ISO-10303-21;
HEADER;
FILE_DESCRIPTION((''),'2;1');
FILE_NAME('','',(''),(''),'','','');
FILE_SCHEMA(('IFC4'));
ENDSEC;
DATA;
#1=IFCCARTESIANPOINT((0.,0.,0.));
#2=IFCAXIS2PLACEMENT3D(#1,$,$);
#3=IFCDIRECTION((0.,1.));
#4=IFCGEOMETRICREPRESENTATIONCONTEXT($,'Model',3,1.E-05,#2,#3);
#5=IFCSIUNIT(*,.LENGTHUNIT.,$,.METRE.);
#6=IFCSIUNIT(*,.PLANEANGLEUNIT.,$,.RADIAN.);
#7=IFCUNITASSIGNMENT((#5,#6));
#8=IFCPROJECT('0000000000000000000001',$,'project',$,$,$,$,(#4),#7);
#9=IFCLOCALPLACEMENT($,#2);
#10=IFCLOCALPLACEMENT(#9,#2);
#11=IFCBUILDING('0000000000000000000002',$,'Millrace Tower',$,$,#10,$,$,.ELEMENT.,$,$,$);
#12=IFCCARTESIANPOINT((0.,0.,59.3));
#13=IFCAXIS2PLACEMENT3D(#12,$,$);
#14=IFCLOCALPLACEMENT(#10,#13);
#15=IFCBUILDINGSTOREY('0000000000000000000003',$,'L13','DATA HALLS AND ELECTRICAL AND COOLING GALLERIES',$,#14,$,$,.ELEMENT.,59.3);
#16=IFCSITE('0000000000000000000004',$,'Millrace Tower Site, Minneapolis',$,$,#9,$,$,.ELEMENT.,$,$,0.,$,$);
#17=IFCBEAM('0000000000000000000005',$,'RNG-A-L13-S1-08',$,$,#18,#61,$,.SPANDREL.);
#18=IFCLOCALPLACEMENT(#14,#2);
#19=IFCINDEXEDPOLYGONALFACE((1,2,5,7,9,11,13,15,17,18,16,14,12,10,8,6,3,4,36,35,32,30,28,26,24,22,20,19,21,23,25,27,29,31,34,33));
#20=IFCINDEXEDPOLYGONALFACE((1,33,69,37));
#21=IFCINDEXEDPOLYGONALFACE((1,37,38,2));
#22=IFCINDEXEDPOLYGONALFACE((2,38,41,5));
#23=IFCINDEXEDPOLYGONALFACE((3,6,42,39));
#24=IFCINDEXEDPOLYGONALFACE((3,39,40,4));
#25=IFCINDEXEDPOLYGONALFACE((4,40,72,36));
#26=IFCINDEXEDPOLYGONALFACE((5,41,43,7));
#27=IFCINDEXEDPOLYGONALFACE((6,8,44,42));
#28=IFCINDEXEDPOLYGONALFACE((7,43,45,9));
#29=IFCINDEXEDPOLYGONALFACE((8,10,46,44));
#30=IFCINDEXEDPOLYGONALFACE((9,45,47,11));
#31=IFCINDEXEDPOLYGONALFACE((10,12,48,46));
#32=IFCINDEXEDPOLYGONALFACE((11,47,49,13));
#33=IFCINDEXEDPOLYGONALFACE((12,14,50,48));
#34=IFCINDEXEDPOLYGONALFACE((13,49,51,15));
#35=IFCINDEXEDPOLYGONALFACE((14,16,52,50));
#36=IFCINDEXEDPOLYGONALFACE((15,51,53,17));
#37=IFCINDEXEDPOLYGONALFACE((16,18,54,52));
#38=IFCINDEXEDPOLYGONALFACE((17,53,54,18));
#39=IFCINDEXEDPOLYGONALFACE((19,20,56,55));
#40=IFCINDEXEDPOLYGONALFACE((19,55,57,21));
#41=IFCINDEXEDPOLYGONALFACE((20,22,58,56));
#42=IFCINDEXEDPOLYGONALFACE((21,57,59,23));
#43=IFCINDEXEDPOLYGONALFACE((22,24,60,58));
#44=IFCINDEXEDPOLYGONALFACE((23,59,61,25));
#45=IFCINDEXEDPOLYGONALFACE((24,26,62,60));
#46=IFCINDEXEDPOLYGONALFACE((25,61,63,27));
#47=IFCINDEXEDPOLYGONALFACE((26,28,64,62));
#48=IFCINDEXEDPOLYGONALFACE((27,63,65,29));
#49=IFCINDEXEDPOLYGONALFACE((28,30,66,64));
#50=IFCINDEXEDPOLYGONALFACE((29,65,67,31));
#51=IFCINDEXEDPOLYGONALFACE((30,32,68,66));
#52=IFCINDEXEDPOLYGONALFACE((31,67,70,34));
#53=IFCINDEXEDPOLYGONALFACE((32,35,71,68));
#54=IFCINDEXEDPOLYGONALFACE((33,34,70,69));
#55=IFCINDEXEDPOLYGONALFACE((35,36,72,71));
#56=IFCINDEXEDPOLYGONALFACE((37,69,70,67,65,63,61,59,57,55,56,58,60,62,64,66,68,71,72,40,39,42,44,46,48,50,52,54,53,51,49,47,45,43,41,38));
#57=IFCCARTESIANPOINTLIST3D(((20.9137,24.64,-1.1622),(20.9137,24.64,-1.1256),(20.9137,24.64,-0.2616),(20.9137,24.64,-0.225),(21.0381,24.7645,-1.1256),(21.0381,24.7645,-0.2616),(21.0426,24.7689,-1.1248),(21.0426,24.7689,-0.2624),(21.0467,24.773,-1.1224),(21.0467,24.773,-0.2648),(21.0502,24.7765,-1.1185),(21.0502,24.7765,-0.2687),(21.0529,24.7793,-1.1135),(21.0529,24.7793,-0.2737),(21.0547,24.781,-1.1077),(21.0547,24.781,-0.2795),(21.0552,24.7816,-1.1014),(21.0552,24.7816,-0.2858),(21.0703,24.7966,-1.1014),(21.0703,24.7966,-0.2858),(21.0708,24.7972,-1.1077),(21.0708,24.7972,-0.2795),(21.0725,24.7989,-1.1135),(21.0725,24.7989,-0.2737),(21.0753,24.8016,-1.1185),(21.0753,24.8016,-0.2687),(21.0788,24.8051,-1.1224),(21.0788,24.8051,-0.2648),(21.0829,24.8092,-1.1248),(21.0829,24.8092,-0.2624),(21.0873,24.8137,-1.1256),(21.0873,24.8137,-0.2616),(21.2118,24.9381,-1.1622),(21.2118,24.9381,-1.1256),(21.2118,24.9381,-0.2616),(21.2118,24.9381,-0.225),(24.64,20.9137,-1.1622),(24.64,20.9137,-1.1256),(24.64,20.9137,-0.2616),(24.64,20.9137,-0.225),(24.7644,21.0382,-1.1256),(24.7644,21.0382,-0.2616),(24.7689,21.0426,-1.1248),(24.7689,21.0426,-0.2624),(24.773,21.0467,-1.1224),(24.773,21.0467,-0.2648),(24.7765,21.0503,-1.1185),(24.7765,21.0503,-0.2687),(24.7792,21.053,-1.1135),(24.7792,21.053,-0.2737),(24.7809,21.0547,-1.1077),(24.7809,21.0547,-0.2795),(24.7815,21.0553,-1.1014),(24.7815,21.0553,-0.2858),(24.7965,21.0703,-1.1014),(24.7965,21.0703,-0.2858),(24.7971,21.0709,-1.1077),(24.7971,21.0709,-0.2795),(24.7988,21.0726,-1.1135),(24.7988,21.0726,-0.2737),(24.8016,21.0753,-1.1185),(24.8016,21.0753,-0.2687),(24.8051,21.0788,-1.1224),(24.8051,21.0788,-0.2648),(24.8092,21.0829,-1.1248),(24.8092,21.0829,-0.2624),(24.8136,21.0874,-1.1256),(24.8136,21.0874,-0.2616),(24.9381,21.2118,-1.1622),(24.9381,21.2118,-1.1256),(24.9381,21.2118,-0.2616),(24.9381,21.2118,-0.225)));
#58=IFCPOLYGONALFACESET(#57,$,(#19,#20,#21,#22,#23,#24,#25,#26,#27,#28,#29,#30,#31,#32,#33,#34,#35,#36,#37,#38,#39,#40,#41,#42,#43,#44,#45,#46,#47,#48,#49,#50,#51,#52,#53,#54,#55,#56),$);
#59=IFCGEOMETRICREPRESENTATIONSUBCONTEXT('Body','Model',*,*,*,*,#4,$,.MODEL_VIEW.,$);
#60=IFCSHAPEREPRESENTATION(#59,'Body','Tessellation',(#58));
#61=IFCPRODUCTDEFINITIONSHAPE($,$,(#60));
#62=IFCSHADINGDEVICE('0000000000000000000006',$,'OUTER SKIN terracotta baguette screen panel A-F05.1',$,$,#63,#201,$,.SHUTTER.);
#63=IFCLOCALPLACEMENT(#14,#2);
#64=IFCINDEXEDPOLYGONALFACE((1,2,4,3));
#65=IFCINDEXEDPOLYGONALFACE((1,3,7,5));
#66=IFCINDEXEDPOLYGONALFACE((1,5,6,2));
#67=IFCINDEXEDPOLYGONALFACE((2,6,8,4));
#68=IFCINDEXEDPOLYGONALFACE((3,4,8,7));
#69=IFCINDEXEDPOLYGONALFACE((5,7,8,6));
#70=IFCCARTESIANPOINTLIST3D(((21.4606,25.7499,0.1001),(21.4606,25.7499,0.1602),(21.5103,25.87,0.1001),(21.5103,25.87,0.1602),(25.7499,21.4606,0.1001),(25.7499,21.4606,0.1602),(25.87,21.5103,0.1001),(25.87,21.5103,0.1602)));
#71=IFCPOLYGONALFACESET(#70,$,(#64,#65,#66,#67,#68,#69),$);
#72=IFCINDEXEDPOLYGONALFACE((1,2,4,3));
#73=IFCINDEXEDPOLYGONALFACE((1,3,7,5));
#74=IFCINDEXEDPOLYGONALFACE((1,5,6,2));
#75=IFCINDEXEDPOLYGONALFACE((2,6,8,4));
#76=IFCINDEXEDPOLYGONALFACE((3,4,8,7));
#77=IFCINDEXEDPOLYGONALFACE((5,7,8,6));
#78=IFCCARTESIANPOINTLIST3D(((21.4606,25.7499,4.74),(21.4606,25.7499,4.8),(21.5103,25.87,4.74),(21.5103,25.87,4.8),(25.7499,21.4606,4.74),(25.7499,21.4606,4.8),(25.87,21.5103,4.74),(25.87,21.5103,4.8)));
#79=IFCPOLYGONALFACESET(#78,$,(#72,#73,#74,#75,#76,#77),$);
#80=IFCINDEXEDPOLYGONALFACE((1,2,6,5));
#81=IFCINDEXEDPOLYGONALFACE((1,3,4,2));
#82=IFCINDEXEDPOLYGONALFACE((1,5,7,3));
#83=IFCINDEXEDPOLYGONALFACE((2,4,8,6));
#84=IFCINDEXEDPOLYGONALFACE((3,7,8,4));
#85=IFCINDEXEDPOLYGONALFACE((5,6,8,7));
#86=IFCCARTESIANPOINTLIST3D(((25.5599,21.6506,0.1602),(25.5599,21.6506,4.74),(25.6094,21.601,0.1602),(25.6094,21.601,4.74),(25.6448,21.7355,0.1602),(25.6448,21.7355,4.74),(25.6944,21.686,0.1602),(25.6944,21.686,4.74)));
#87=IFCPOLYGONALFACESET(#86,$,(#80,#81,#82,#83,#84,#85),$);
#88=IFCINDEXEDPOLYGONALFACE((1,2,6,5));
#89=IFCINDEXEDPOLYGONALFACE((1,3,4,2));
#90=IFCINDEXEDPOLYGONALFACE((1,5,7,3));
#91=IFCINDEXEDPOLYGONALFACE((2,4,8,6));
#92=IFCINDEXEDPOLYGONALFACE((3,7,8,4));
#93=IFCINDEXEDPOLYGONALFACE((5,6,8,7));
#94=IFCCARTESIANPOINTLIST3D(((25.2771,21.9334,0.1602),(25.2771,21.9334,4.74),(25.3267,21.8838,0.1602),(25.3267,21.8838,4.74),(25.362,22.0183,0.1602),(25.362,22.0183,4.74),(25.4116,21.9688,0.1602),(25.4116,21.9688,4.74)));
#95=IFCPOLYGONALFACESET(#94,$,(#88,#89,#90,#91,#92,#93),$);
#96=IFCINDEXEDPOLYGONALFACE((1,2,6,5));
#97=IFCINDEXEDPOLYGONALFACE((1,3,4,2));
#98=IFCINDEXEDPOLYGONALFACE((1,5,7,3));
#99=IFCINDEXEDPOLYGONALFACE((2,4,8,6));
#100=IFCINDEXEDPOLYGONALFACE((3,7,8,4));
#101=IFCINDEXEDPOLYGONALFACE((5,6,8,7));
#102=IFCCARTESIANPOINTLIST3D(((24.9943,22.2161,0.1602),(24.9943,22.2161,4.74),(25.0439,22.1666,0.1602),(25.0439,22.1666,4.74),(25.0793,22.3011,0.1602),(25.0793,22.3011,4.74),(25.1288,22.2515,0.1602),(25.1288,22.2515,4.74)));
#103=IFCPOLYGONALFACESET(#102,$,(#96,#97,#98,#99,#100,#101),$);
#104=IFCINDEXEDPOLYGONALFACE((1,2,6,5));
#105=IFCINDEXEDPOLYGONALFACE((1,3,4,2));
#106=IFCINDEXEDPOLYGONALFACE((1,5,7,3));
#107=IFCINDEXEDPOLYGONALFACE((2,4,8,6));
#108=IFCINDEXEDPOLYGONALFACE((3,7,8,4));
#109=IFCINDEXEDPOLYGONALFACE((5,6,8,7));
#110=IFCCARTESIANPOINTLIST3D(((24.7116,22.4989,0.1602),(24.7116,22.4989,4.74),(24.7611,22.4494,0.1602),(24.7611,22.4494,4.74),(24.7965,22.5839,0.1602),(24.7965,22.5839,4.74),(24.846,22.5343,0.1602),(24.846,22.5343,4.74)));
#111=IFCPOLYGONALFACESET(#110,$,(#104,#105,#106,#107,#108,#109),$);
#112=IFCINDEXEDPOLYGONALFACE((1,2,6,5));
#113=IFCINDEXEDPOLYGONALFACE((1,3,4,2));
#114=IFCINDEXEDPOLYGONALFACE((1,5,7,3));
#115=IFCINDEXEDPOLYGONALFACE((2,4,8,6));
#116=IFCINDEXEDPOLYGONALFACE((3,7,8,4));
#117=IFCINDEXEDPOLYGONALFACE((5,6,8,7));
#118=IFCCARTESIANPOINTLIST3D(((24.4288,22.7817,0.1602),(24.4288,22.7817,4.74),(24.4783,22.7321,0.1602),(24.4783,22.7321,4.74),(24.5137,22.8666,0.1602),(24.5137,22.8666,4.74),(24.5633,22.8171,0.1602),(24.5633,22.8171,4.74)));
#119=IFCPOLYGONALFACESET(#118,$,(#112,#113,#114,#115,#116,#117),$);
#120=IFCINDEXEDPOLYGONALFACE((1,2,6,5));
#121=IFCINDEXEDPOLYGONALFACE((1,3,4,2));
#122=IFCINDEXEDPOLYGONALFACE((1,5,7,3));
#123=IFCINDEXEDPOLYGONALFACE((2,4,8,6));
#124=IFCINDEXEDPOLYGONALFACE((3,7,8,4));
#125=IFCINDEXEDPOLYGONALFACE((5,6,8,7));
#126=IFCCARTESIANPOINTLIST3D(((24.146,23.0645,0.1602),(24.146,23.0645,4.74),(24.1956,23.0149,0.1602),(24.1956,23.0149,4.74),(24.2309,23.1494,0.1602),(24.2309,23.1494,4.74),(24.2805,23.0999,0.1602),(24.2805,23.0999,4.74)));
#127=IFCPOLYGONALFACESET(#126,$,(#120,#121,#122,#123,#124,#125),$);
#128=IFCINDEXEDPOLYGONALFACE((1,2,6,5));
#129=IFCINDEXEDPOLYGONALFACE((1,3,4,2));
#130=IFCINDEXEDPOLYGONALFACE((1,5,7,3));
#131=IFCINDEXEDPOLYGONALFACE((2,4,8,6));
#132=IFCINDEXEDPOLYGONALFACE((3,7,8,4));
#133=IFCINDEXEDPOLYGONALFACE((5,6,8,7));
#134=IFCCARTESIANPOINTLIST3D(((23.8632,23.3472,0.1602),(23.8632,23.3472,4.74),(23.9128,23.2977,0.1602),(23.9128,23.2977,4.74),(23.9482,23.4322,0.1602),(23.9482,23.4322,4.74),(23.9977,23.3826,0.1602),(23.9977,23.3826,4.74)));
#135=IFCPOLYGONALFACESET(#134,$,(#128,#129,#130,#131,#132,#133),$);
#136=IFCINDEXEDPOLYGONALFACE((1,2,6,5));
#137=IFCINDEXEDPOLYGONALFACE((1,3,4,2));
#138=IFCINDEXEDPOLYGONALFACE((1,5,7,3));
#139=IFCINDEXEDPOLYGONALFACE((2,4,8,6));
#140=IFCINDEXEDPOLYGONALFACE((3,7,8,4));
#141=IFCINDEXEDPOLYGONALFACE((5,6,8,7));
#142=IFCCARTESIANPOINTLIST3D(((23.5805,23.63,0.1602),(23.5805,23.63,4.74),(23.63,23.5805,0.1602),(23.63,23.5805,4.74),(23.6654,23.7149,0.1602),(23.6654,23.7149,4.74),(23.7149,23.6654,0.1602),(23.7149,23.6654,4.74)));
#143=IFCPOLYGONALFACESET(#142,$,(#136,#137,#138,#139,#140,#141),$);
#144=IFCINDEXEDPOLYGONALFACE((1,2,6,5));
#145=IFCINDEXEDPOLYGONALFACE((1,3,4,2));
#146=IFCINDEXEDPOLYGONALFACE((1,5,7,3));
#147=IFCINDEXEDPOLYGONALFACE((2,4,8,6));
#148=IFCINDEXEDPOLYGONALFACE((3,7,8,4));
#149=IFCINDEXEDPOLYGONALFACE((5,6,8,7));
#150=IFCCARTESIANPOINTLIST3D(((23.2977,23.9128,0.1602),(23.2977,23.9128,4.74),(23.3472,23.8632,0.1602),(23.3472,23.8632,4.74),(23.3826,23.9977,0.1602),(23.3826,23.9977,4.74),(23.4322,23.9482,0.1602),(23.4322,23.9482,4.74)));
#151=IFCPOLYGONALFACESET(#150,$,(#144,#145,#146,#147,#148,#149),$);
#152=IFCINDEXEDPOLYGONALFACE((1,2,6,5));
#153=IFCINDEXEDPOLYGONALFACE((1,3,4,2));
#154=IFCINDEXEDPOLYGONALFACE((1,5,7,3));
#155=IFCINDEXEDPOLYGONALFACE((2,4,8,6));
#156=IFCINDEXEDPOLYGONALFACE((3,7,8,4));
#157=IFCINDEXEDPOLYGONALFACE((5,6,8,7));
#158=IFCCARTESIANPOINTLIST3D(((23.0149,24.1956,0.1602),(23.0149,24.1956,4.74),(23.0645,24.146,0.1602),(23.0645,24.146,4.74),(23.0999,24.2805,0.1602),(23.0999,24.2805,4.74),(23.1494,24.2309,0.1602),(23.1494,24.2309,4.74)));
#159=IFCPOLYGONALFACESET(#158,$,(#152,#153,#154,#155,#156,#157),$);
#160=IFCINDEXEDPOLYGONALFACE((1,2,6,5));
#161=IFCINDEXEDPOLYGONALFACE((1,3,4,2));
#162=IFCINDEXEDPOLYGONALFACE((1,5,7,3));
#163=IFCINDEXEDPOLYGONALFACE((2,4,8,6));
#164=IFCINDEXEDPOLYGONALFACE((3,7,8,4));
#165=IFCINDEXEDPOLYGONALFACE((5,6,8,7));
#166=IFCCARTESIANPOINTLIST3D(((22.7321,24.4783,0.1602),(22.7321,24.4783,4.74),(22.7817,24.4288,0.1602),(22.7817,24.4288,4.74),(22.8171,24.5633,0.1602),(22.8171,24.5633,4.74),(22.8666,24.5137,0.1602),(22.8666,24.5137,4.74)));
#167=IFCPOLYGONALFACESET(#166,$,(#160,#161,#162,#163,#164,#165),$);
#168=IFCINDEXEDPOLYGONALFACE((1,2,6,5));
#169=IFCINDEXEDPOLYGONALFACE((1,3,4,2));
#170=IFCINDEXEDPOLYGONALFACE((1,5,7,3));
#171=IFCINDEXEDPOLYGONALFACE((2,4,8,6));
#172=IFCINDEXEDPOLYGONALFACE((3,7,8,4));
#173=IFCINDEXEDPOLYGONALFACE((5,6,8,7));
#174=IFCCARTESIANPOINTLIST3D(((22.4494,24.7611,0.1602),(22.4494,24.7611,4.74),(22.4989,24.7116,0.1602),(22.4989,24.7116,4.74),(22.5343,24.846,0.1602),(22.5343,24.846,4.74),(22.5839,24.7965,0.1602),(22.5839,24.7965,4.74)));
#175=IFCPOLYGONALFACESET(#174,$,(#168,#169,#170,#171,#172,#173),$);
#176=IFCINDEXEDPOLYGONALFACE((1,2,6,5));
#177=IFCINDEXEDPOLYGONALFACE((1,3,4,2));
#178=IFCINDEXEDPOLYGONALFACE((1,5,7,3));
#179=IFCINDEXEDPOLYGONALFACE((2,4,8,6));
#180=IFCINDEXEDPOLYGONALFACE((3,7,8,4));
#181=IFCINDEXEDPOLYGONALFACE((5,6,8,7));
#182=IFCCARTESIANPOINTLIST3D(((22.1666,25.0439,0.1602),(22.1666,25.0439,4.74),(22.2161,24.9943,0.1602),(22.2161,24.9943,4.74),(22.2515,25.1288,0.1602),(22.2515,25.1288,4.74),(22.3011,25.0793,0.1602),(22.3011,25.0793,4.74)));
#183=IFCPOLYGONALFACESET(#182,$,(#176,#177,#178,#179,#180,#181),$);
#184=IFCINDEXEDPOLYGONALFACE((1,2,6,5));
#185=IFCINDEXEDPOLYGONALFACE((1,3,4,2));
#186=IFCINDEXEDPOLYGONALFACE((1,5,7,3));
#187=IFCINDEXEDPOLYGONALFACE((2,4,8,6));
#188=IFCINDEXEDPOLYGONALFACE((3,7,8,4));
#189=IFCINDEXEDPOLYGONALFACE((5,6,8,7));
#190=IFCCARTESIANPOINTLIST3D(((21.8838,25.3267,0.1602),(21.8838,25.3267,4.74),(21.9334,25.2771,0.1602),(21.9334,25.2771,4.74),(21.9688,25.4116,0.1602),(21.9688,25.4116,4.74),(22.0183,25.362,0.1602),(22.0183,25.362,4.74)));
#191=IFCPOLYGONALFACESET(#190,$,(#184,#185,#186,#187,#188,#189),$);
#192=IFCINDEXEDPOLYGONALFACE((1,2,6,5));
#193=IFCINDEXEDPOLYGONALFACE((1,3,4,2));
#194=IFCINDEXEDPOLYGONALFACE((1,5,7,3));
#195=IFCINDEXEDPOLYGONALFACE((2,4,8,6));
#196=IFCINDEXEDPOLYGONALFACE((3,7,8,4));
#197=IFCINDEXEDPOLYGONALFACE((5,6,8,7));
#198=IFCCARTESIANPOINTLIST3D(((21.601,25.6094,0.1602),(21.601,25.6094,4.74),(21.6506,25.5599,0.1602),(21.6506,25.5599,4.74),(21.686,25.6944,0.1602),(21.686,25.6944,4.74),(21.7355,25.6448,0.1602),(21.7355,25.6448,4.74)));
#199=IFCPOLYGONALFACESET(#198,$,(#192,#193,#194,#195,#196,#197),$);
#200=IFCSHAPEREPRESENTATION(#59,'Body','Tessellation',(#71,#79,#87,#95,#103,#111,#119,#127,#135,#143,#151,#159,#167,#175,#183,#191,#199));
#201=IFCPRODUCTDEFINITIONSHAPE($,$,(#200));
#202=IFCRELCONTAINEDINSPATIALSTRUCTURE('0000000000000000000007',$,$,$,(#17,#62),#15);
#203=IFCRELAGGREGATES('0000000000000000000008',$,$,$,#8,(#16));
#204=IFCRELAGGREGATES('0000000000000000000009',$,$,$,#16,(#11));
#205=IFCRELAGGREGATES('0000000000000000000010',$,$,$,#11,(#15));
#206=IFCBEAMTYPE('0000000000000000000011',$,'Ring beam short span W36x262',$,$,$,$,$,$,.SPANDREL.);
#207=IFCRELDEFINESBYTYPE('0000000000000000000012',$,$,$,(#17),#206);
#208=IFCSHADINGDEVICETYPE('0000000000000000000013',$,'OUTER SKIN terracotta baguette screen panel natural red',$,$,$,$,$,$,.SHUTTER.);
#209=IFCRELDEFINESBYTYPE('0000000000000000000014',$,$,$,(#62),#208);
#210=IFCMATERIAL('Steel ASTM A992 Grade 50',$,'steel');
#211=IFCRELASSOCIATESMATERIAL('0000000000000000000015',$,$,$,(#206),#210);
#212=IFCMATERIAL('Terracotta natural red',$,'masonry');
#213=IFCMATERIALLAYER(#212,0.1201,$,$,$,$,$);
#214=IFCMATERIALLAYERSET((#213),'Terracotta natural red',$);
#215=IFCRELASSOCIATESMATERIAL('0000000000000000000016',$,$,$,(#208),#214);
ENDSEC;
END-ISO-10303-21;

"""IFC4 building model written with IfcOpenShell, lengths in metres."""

from ifc_helpers import new_model, entity, si_unit, direction, frame, frame_2d, origin, origin_2d, place, context, subcontext, project, spatial, rectangle, i_section, extrude, source, transform, mapped, material, layer, layer_set, material_profile, profile_set, type_object, element, save


model = new_model("IFC4")

# Units and contexts
model_context = context("Model", 3, precision=1e-05, world=origin(), true_north=direction((0.0, 1.0)))
body_context = subcontext(model_context, "Body", "Model", "MODEL_VIEW")
ifc_project = project(units=[si_unit("LENGTHUNIT", "METRE"), si_unit("PLANEANGLEUNIT", "RADIAN")], contexts=[model_context])

# Site, building, storey
site_placement = place(None, origin())
site = spatial("IfcSite", under=ifc_project, at=site_placement, Name="Millrace Tower Site, Minneapolis", CompositionType="ELEMENT", RefElevation=0.0)
building_placement = place(site_placement, origin())
building = spatial("IfcBuilding", under=site, at=building_placement, Name="Millrace Tower", CompositionType="ELEMENT")
storey_placement = place(building_placement, frame((0.0, 0.0, 59.3)))
storey = spatial("IfcBuildingStorey", under=building, at=storey_placement, Name="L13", Description="DATA HALLS AND ELECTRICAL AND COOLING GALLERIES", CompositionType="ELEMENT", Elevation=59.3)

# Beam
ifc_material_1 = material(Name="Steel ASTM A992 Grade 50", Category="steel")
ifc_material_profile_1 = material_profile(ifc_material_1, i_section(OverallWidth=0.4216, OverallDepth=0.9373, WebThickness=0.0212, FlangeThickness=0.0366, FilletRadius=0.0242, at=origin_2d()))
ifc_profile_set_1 = profile_set([ifc_material_profile_1], Name="Steel ASTM A992 Grade 50")
beam_type_1 = type_object("IfcBeamType", Name="Ring beam short span W36x262", PredefinedType="SPANDREL", material=ifc_profile_set_1)
beam_1_placement = place(storey_placement, frame((21.0627, 24.7891, -0.6936), z_axis=(0.707107, -0.707107, 0.0), x_axis=(0.707107, 0.707107, 0.0)))
element("IfcBeam", 1, at=beam_1_placement, inside=storey, type_object=beam_type_1, Name="RNG-A-L13-S1-08", PredefinedType="SPANDREL", context=body_context, shape_type="SweptSolid", body=[
    extrude(i_section(OverallWidth=0.4216, OverallDepth=0.9373, WebThickness=0.0212, FlangeThickness=0.0366, FilletRadius=0.0242, at=origin_2d()), origin(), (0.0, 0.0, 1.0), 5.2698),
])

# Shading device
ifc_material_2 = material(Name="Terracotta natural red", Category="masonry")
ifc_layer_1 = layer(ifc_material_2, 0.1201)
ifc_layer_set_1 = layer_set([ifc_layer_1], Name="Terracotta natural red")
shading_device_type_1 = type_object("IfcShadingDeviceType", Name="OUTER SKIN terracotta baguette screen panel natural red", PredefinedType="SHUTTER", material=ifc_layer_set_1)
cartesian_point_1 = entity("IfcCartesianPoint", [-3.033, 0.0601])
shared_polyline_1 = entity("IfcPolyline", [cartesian_point_1, entity("IfcCartesianPoint", [3.033, 0.0601]), entity("IfcCartesianPoint", [3.0828, -0.0601]), entity("IfcCartesianPoint", [-3.0828, -0.0601]), cartesian_point_1])
shared_shape_1 = source(origin(), body_context, "Body", "SweptSolid", [
    entity("IfcExtrudedAreaSolid", entity("IfcArbitraryClosedProfileDef", "AREA", None, shared_polyline_1), entity("IfcAxis2Placement3D", entity("IfcCartesianPoint", [0.0, 0.0, 0.0])), entity("IfcDirection", [0.0, 0.0, 1.0]), 0.0601),
    entity("IfcExtrudedAreaSolid", entity("IfcArbitraryClosedProfileDef", "AREA", None, shared_polyline_1), entity("IfcAxis2Placement3D", entity("IfcCartesianPoint", [0.0, 0.0, 4.6399])), entity("IfcDirection", [0.0, 0.0, 1.0]), 0.0601),
    extrude(rectangle(XDim=0.0701, YDim=0.1201, at=frame_2d((-2.7993, 0.0))), frame((0.0, 0.0, 0.0601)), (0.0, 0.0, 1.0), 4.5798),
    extrude(rectangle(XDim=0.0701, YDim=0.1201, at=frame_2d((-2.3994, 0.0))), frame((0.0, 0.0, 0.0601)), (0.0, 0.0, 1.0), 4.5798),
    extrude(rectangle(XDim=0.0701, YDim=0.1201, at=frame_2d((-1.9995, 0.0))), frame((0.0, 0.0, 0.0601)), (0.0, 0.0, 1.0), 4.5798),
    extrude(rectangle(XDim=0.0701, YDim=0.1201, at=frame_2d((-1.5996, 0.0))), frame((0.0, 0.0, 0.0601)), (0.0, 0.0, 1.0), 4.5798),
    extrude(rectangle(XDim=0.0701, YDim=0.1201, at=frame_2d((-1.1997, 0.0))), frame((0.0, 0.0, 0.0601)), (0.0, 0.0, 1.0), 4.5798),
    extrude(rectangle(XDim=0.0701, YDim=0.1201, at=frame_2d((-0.7998, 0.0))), frame((0.0, 0.0, 0.0601)), (0.0, 0.0, 1.0), 4.5798),
    extrude(rectangle(XDim=0.0701, YDim=0.1201, at=frame_2d((-0.3999, 0.0))), frame((0.0, 0.0, 0.0601)), (0.0, 0.0, 1.0), 4.5798),
    extrude(rectangle(XDim=0.0701, YDim=0.1201, at=origin_2d()), frame((0.0, 0.0, 0.0601)), (0.0, 0.0, 1.0), 4.5798),
    extrude(rectangle(XDim=0.0701, YDim=0.1201, at=frame_2d((0.3999, 0.0))), frame((0.0, 0.0, 0.0601)), (0.0, 0.0, 1.0), 4.5798),
    extrude(rectangle(XDim=0.0701, YDim=0.1201, at=frame_2d((0.7998, 0.0))), frame((0.0, 0.0, 0.0601)), (0.0, 0.0, 1.0), 4.5798),
    extrude(rectangle(XDim=0.0701, YDim=0.1201, at=frame_2d((1.1997, 0.0))), frame((0.0, 0.0, 0.0601)), (0.0, 0.0, 1.0), 4.5798),
    extrude(rectangle(XDim=0.0701, YDim=0.1201, at=frame_2d((1.5996, 0.0))), frame((0.0, 0.0, 0.0601)), (0.0, 0.0, 1.0), 4.5798),
    extrude(rectangle(XDim=0.0701, YDim=0.1201, at=frame_2d((1.9995, 0.0))), frame((0.0, 0.0, 0.0601)), (0.0, 0.0, 1.0), 4.5798),
    extrude(rectangle(XDim=0.0701, YDim=0.1201, at=frame_2d((2.3994, 0.0))), frame((0.0, 0.0, 0.0601)), (0.0, 0.0, 1.0), 4.5798),
    extrude(rectangle(XDim=0.0701, YDim=0.1201, at=frame_2d((2.7993, 0.0))), frame((0.0, 0.0, 0.0601)), (0.0, 0.0, 1.0), 4.5798),
])
shading_device_1_placement = place(storey_placement, frame((23.6477, 23.6477, 0.1001), z_axis=(0.0, 0.0, 1.0), x_axis=(-0.707107, 0.707107, 0.0)))
element("IfcShadingDevice", 2, at=shading_device_1_placement, inside=storey, type_object=shading_device_type_1, Name="OUTER SKIN terracotta baguette screen panel A-F05.1", PredefinedType="SHUTTER", context=body_context, shape_type="MappedRepresentation", body=[
    mapped(shared_shape_1, transform((0.0, 0.0, 0.0), scale=1.0)),
])

save(model, "model.ifc")
